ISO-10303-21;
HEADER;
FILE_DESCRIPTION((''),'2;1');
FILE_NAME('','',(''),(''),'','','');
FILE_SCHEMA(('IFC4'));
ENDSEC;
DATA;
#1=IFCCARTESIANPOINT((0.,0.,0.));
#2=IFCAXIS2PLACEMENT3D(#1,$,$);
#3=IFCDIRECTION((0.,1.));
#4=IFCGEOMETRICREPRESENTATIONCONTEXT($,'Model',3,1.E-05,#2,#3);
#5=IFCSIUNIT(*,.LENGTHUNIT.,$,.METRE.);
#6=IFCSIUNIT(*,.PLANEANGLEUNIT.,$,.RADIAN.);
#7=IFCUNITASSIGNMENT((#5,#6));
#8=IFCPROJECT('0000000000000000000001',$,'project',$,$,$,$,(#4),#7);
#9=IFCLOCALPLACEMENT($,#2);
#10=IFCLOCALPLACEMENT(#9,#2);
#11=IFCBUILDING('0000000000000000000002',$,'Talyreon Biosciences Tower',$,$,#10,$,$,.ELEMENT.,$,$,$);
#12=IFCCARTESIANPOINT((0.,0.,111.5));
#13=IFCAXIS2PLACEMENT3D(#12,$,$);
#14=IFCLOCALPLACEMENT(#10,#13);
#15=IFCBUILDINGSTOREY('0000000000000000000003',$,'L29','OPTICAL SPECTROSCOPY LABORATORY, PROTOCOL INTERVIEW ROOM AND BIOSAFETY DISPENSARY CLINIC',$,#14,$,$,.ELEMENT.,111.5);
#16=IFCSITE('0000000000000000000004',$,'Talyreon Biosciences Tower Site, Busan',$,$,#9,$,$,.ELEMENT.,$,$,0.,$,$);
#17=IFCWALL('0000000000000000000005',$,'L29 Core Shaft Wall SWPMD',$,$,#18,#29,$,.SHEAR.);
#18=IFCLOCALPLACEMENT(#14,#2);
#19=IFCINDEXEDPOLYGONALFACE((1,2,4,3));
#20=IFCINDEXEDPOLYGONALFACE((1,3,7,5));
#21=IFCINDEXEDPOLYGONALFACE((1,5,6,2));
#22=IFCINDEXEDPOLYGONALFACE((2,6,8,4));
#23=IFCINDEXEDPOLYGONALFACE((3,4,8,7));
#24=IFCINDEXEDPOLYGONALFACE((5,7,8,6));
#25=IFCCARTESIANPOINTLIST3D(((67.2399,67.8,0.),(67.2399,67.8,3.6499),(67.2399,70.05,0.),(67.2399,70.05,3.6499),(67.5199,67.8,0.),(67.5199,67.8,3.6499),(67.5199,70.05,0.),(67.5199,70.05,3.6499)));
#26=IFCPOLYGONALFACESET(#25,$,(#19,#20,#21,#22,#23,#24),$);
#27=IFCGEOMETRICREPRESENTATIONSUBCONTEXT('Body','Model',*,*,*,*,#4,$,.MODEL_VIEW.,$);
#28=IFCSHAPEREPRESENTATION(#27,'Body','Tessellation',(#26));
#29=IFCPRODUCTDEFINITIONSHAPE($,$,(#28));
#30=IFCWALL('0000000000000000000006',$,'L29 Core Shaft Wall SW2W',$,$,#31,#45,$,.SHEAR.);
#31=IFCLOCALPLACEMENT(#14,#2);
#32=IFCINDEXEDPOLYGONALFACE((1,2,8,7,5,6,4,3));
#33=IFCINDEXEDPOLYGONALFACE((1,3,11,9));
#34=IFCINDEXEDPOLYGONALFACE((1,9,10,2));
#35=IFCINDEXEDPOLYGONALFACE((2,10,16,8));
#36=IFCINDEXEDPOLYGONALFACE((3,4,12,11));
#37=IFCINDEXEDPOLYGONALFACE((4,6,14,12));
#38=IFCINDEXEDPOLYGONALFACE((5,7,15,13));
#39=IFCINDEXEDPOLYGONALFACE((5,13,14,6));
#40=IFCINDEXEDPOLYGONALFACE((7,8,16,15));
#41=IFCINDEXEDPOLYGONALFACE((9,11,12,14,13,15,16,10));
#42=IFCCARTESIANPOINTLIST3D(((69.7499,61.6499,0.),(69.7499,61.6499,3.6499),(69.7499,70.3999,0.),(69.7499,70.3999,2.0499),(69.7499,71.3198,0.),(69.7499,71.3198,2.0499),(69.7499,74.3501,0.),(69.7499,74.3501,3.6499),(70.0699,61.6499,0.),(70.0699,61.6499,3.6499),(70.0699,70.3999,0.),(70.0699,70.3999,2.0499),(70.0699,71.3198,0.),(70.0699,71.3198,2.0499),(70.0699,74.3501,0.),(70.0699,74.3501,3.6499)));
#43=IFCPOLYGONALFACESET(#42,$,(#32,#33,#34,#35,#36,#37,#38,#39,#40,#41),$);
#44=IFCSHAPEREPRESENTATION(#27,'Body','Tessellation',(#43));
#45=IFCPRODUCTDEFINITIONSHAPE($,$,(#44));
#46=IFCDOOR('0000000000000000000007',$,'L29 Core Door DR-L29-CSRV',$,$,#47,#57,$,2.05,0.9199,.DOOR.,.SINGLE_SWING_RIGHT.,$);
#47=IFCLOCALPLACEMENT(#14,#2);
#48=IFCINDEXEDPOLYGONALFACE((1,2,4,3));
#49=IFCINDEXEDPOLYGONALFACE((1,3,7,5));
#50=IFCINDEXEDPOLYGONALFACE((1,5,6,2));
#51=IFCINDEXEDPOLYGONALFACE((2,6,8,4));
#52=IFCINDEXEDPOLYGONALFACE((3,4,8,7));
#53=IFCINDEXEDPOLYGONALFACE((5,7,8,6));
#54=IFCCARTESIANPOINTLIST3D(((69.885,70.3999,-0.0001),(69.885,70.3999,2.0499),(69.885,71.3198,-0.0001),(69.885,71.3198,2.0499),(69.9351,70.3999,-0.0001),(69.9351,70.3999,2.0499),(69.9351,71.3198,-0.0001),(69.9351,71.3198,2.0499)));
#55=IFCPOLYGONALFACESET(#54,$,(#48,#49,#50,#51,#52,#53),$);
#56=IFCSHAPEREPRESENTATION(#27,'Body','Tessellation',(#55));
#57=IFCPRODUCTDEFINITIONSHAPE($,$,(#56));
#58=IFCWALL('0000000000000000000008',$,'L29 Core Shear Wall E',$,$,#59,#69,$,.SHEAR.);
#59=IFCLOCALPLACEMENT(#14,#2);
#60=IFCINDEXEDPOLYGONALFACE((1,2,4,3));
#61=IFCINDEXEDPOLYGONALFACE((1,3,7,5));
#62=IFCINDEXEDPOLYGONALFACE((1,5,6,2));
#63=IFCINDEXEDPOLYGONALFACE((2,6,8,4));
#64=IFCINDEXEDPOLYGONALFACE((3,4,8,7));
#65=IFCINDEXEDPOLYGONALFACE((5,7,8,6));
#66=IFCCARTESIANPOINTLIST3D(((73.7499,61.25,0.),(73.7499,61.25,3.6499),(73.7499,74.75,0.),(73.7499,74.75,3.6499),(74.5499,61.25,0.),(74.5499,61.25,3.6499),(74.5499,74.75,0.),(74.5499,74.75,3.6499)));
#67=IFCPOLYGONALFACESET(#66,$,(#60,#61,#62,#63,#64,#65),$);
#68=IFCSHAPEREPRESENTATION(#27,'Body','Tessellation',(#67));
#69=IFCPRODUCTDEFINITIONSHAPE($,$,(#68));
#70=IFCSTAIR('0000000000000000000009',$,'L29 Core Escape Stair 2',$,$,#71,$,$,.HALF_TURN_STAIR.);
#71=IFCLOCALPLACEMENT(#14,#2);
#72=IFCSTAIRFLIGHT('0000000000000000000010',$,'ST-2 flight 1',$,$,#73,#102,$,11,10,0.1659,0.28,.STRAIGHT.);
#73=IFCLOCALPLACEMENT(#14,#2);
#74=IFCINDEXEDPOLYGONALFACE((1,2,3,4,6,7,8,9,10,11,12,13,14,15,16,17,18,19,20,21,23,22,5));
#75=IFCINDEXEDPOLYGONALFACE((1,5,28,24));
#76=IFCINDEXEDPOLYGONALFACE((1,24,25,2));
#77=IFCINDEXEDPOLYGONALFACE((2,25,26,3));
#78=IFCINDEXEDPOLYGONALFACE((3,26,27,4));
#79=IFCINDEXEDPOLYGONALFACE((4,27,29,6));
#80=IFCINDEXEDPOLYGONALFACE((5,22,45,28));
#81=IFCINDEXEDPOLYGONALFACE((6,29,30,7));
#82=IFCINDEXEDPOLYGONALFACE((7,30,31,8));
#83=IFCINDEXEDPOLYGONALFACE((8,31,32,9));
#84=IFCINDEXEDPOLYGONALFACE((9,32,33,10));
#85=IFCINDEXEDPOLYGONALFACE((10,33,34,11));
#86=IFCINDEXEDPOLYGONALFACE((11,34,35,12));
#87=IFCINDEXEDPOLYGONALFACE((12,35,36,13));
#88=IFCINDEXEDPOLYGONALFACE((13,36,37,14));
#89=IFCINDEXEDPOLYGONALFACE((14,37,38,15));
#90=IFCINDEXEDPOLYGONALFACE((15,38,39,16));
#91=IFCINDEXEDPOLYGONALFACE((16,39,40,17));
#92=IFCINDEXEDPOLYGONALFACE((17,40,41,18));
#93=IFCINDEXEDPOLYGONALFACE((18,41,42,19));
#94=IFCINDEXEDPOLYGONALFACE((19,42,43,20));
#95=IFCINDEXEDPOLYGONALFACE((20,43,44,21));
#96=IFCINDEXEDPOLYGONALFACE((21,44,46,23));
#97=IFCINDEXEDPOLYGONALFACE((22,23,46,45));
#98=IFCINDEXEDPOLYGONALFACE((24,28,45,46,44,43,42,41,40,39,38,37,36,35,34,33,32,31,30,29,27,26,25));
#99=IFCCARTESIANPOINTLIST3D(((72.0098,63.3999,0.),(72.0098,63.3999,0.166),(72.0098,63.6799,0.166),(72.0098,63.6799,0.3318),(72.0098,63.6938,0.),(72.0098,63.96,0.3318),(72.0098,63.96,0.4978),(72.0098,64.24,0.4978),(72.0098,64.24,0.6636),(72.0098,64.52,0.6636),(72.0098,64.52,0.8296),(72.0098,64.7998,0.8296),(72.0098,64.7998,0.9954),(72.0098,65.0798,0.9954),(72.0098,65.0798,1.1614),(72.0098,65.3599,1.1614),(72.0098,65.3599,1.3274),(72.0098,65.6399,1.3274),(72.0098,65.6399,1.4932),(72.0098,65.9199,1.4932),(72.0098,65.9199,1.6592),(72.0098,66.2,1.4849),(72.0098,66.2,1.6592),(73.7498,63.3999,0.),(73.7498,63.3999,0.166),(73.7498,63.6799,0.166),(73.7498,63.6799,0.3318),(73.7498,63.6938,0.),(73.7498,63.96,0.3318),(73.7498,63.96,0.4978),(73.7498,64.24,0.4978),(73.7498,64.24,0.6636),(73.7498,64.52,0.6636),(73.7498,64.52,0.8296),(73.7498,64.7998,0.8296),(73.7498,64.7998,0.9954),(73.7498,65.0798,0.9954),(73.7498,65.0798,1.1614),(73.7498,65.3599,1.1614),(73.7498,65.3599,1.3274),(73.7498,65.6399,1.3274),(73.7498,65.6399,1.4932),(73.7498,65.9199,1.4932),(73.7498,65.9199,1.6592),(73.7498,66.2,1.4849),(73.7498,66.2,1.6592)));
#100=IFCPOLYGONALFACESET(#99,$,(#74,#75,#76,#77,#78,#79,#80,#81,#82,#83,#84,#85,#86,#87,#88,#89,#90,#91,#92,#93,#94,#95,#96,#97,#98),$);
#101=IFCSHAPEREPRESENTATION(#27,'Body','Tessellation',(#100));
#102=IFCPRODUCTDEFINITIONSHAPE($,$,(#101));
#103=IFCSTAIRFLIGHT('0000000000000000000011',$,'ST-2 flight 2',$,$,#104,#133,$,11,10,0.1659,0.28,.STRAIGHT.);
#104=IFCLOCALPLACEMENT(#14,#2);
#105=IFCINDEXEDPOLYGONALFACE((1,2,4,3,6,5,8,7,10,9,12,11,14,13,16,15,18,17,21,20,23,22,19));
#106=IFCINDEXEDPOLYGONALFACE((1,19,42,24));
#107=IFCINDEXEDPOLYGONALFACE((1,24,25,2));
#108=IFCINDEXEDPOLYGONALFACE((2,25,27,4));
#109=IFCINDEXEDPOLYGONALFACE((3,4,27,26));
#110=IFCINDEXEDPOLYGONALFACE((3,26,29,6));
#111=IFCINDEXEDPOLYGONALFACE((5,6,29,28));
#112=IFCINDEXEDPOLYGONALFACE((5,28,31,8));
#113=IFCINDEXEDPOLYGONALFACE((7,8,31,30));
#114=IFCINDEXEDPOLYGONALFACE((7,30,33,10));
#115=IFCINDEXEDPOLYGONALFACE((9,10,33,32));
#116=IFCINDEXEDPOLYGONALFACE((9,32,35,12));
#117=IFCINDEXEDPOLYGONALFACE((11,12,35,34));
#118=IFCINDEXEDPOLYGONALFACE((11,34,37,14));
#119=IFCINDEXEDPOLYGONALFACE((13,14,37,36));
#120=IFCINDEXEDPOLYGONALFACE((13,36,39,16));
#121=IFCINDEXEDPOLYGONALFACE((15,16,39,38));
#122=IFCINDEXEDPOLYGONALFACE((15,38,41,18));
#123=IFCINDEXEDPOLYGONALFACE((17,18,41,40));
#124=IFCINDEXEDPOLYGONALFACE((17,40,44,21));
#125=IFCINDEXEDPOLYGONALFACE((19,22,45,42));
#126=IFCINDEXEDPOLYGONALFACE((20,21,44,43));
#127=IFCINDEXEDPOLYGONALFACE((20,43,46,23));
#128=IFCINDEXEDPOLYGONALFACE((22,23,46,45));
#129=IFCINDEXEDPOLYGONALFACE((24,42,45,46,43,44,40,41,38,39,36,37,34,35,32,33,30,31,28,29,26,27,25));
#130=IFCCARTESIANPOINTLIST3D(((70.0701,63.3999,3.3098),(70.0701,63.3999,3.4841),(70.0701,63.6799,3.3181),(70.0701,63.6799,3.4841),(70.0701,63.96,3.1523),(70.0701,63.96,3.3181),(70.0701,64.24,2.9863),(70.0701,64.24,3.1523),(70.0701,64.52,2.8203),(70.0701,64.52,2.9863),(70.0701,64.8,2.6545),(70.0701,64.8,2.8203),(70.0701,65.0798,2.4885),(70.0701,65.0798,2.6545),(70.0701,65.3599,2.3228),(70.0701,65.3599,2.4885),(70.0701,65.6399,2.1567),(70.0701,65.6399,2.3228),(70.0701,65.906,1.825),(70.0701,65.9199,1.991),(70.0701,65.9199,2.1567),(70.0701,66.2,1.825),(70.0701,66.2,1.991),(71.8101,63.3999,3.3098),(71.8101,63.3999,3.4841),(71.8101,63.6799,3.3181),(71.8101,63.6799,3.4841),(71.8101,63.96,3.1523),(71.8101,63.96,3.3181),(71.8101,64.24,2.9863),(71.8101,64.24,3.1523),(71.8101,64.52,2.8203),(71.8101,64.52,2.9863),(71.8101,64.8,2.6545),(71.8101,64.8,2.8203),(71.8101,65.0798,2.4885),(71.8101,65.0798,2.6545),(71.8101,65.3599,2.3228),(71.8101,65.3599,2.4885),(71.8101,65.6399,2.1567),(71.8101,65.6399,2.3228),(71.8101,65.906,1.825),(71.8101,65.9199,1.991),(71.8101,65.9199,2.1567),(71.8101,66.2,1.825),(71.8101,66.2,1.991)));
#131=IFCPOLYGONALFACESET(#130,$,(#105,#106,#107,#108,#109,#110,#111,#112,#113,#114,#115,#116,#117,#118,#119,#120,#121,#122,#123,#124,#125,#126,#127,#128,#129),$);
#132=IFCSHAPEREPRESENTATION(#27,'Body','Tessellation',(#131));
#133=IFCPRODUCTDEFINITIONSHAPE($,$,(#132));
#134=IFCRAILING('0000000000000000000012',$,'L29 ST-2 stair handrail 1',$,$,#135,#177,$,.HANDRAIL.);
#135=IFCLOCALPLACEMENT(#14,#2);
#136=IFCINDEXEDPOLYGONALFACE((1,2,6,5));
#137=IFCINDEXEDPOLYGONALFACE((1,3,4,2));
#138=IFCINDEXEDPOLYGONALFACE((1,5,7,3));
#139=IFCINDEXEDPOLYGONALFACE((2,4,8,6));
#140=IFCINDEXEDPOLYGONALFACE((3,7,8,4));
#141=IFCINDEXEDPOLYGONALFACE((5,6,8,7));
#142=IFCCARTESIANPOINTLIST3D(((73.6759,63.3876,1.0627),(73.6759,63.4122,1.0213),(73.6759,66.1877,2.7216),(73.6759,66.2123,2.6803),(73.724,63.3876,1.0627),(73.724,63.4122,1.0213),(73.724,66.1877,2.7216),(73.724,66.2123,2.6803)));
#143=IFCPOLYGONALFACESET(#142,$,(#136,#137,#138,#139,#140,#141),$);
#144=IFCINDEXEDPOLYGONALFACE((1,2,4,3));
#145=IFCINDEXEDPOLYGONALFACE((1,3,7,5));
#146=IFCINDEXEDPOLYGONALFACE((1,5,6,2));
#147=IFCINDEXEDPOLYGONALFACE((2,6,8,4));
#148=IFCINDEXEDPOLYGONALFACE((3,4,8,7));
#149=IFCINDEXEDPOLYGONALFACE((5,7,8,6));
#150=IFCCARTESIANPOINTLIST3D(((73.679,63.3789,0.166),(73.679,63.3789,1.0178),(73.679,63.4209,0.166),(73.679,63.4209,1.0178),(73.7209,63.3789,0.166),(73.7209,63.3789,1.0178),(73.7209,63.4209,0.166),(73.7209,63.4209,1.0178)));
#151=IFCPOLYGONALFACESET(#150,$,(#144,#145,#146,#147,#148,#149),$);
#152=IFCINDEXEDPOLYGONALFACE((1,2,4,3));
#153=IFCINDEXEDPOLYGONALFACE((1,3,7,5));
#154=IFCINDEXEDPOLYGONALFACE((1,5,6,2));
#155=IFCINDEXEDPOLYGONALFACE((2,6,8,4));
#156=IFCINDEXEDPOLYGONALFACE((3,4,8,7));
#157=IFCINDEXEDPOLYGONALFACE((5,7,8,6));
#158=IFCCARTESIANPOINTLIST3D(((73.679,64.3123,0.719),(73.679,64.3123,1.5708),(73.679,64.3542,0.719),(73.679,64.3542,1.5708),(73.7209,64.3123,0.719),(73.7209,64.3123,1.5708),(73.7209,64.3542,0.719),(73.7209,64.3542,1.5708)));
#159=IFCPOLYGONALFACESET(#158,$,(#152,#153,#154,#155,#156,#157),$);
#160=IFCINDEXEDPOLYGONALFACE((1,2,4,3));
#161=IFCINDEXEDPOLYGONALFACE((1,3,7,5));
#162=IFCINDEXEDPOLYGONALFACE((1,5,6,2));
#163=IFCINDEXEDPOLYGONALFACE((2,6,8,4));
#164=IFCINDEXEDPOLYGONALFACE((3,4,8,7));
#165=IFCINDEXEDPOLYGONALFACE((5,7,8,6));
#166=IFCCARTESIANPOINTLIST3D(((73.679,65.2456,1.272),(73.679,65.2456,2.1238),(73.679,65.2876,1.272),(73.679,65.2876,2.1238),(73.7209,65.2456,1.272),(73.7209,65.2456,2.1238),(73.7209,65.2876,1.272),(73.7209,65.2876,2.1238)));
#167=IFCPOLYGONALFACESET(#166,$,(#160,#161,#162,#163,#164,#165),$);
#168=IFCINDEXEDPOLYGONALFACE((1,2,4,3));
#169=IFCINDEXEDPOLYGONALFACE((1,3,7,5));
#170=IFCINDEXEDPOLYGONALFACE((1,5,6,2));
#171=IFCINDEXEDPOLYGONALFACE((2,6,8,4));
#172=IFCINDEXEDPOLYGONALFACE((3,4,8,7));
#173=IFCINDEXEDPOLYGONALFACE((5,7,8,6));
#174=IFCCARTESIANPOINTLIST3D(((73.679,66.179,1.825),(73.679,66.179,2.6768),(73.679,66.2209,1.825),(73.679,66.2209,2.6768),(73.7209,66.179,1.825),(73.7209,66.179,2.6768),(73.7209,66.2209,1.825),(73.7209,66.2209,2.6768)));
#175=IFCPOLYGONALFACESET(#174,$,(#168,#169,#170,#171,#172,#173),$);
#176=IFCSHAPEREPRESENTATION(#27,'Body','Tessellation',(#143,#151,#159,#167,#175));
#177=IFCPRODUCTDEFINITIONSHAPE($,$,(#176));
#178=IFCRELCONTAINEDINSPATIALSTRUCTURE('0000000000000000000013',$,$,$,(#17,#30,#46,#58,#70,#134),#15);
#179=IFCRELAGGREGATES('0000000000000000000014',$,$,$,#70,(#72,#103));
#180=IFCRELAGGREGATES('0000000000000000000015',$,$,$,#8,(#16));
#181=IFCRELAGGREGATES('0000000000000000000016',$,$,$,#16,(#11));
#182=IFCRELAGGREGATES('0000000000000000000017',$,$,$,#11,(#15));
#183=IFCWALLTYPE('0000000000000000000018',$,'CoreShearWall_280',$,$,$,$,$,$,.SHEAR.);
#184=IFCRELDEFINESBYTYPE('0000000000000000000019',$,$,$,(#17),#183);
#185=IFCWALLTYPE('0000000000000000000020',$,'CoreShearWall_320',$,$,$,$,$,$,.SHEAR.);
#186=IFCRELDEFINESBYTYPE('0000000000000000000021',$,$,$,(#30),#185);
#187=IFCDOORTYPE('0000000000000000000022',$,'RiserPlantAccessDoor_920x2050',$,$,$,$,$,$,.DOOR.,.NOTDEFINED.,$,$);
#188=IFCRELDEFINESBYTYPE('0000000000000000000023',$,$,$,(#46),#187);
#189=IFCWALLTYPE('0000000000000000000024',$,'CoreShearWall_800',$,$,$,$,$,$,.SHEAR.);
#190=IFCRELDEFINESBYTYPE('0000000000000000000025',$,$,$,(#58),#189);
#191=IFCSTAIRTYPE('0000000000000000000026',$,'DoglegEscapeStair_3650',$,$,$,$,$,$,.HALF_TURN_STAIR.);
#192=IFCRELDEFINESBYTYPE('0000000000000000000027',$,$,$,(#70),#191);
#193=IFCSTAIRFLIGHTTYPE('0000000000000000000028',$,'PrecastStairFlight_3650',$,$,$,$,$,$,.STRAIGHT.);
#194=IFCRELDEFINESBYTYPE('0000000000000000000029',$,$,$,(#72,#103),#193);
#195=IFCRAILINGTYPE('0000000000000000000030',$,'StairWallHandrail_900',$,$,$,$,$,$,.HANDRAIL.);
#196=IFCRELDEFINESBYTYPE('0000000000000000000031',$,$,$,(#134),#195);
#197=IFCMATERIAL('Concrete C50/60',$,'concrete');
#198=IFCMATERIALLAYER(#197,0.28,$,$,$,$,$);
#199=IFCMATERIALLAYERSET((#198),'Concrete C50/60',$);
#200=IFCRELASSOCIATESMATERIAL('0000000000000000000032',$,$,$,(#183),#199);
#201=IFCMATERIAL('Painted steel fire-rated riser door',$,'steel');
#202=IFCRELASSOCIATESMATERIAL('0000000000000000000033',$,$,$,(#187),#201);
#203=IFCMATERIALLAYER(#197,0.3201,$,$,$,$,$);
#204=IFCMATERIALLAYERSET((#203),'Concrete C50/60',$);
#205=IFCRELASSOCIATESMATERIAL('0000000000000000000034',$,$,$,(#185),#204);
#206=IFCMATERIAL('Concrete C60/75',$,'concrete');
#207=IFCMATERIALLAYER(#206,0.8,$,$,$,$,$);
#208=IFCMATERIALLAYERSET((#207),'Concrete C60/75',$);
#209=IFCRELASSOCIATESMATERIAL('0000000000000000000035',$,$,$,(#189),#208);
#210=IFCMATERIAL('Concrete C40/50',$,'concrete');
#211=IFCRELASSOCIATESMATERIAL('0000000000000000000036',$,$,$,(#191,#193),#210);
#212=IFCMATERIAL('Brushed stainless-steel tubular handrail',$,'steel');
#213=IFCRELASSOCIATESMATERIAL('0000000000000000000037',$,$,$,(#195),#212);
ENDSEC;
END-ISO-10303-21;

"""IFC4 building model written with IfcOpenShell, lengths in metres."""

from ifc_helpers import new_model, si_unit, direction, frame, frame_2d, origin, origin_2d, place, context, subcontext, project, spatial, polyline, rectangle, outline, extrude, material, layer, layer_set, type_object, element, fill, aggregate, save


model = new_model("IFC4")

# Units and contexts
model_context = context("Model", 3, precision=1e-05, world=origin(), true_north=direction((0.0, 1.0)))
body_context = subcontext(model_context, "Body", "Model", "MODEL_VIEW")
ifc_project = project(units=[si_unit("LENGTHUNIT", "METRE"), si_unit("PLANEANGLEUNIT", "RADIAN")], contexts=[model_context])

# Site, building, storey
site_placement = place(None, origin())
site = spatial("IfcSite", under=ifc_project, at=site_placement, Name="Talyreon Biosciences Tower Site, Busan", CompositionType="ELEMENT", RefElevation=0.0)
building_placement = place(site_placement, origin())
building = spatial("IfcBuilding", under=site, at=building_placement, Name="Talyreon Biosciences Tower", CompositionType="ELEMENT")
storey_placement = place(building_placement, frame((0.0, 0.0, 111.5)))
storey = spatial("IfcBuildingStorey", under=building, at=storey_placement, Name="L29", Description="OPTICAL SPECTROSCOPY LABORATORY, PROTOCOL INTERVIEW ROOM AND BIOSAFETY DISPENSARY CLINIC", CompositionType="ELEMENT", Elevation=111.5)

# Shared definitions
ifc_material_1 = material(Name="Concrete C60/75", Category="concrete")
ifc_material_2 = material(Name="Concrete C50/60", Category="concrete")

# Shared definitions
ifc_layer_1 = layer(ifc_material_2, 0.28)
ifc_layer_set_1 = layer_set([ifc_layer_1], Name="Concrete C50/60")
wall_type_1 = type_object("IfcWallType", Name="CoreShearWall_280", PredefinedType="SHEAR", material=ifc_layer_set_1)

# Shared definitions
ifc_material_3 = material(Name="Painted steel fire-rated riser door", Category="steel")
door_type = type_object("IfcDoorType", Name="RiserPlantAccessDoor_920x2050", OperationType="NOTDEFINED", PredefinedType="DOOR", material=ifc_material_3)

# Wall
wall_1_placement = place(storey_placement, frame((67.3799, 67.8, 0.0), z_axis=(0.0, 0.0, 1.0), x_axis=(0.0, 1.0, 0.0)))
element("IfcWall", 1, at=wall_1_placement, inside=storey, type_object=wall_type_1, Name="L29 Core Shaft Wall SWPMD", PredefinedType="SHEAR", context=body_context, shape_type="SweptSolid", body=[
    extrude(rectangle(XDim=2.25, YDim=0.28, at=frame_2d((1.125, 0.0))), origin(), (0.0, 0.0, 1.0), 3.6499),
])

# Wall, opening, door
ifc_layer_2 = layer(ifc_material_2, 0.3201)
ifc_layer_set_2 = layer_set([ifc_layer_2], Name="Concrete C50/60")
wall_type_2 = type_object("IfcWallType", Name="CoreShearWall_320", PredefinedType="SHEAR", material=ifc_layer_set_2)
wall_2_placement = place(storey_placement, frame((69.9099, 61.6499, 0.0), z_axis=(0.0, 0.0, 1.0), x_axis=(0.0, 1.0, 0.0)))
wall_2 = element("IfcWall", 2, at=wall_2_placement, inside=storey, type_object=wall_type_2, Name="L29 Core Shaft Wall SW2W", PredefinedType="SHEAR", context=body_context, shape_type="SweptSolid", body=[
    extrude(rectangle(XDim=12.7002, YDim=0.3201, at=frame_2d((6.3501, 0.0))), origin(), (0.0, 0.0, 1.0), 3.6499),
])
opening_1_placement = place(wall_2_placement, frame((8.75, 0.0, 0.0)))
opening_1 = element("IfcOpeningElement", 3, at=opening_1_placement, cuts=wall_2, PredefinedType="OPENING", context=body_context, shape_type="SweptSolid", body=[
    extrude(rectangle(XDim=0.9199, YDim=2.05, at=frame_2d((0.46, 1.0249))), frame((0.0, 0.1699, 0.0), z_axis=(0.0, -1.0, 0.0), x_axis=(1.0, 0.0, 0.0)), (0.0, 0.0, 1.0), 0.3401),
])
door_1_placement = place(opening_1_placement, origin())
door_1 = element("IfcDoor", 4, at=door_1_placement, inside=storey, type_object=door_type, Name="L29 Core Door DR-L29-CSRV", OperationType="SINGLE_SWING_RIGHT", OverallHeight=2.05, OverallWidth=0.9199, PredefinedType="DOOR", context=body_context, shape_type="SweptSolid", body=[
    extrude(rectangle(XDim=0.9199, YDim=2.05, at=frame_2d((0.46, 1.0249))), frame((0.0, 0.0249, 0.0), z_axis=(0.0, -1.0, 0.0), x_axis=(1.0, 0.0, 0.0)), (0.0, 0.0, 1.0), 0.05),
])
fill(opening_1, door_1)

# Wall
ifc_layer_3 = layer(ifc_material_1, 0.8)
ifc_layer_set_3 = layer_set([ifc_layer_3], Name="Concrete C60/75")
wall_type_3 = type_object("IfcWallType", Name="CoreShearWall_800", PredefinedType="SHEAR", material=ifc_layer_set_3)
wall_3_placement = place(storey_placement, frame((74.1499, 61.25, 0.0), z_axis=(0.0, 0.0, 1.0), x_axis=(0.0, 1.0, 0.0)))
element("IfcWall", 5, at=wall_3_placement, inside=storey, type_object=wall_type_3, Name="L29 Core Shear Wall E", PredefinedType="SHEAR", context=body_context, shape_type="SweptSolid", body=[
    extrude(rectangle(XDim=13.5, YDim=0.8, at=frame_2d((6.75, 0.0))), origin(), (0.0, 0.0, 1.0), 3.6499),
])

# Stair, stair flights
ifc_material_4 = material(Name="Concrete C40/50", Category="concrete")
stair_type = type_object("IfcStairType", Name="DoglegEscapeStair_3650", PredefinedType="HALF_TURN_STAIR", material=ifc_material_4)
stair_placement = place(storey_placement, origin())
stair = element("IfcStair", 6, at=stair_placement, inside=storey, type_object=stair_type, Name="L29 Core Escape Stair 2", PredefinedType="HALF_TURN_STAIR")
stair_flight_type = type_object("IfcStairFlightType", Name="PrecastStairFlight_3650", PredefinedType="STRAIGHT", material=ifc_material_4)
stair_flight_1_placement = place(storey_placement, frame((72.8799, 63.3999, 0.0), z_axis=(0.0, 0.0, 1.0), x_axis=(0.0, 1.0, 0.0)))
stair_flight_1 = element("IfcStairFlight", 7, at=stair_flight_1_placement, type_object=stair_flight_type, Name="ST-2 flight 1", NumberOfRisers=11, NumberOfTreads=10, PredefinedType="STRAIGHT", RiserHeight=0.1659, TreadLength=0.28, context=body_context, shape_type="SweptSolid", body=[
    extrude(outline(polyline([(0.0, 0.0), (0.0, 0.166), (0.28, 0.166), (0.28, 0.3318), (0.5601, 0.3318), (0.5601, 0.4978), (0.8401, 0.4978), (0.8401, 0.6636), (1.1201, 0.6636), (1.1201, 0.8296), (1.3999, 0.8296), (1.3999, 0.9954), (1.6799, 0.9954), (1.6799, 1.1614), (1.96, 1.1614), (1.96, 1.3274), (2.24, 1.3274), (2.24, 1.4932), (2.52, 1.4932), (2.52, 1.6592), (2.8, 1.6592), (2.8, 1.825), (2.8, 1.4849), (0.2939, 0.0), (0.0, 0.0)])), frame((0.0, 0.8701, 0.0), z_axis=(0.0, -1.0, 0.0), x_axis=(1.0, 0.0, 0.0)), (0.0, 0.0, 1.0), 1.74),
])
stair_flight_2_placement = place(storey_placement, frame((70.9399, 66.2, 1.825), z_axis=(0.0, 0.0, 1.0), x_axis=(0.0, -1.0, 0.0)))
stair_flight_2 = element("IfcStairFlight", 8, at=stair_flight_2_placement, type_object=stair_flight_type, Name="ST-2 flight 2", NumberOfRisers=11, NumberOfTreads=10, PredefinedType="STRAIGHT", RiserHeight=0.1659, TreadLength=0.28, context=body_context, shape_type="SweptSolid", body=[
    extrude(outline(polyline([(0.0, 0.0), (0.0, 0.166), (0.28, 0.166), (0.28, 0.3318), (0.5601, 0.3318), (0.5601, 0.4978), (0.8401, 0.4978), (0.8401, 0.6636), (1.1201, 0.6636), (1.1201, 0.8296), (1.3999, 0.8296), (1.3999, 0.9954), (1.6799, 0.9954), (1.6799, 1.1614), (1.96, 1.1614), (1.96, 1.3274), (2.24, 1.3274), (2.24, 1.4932), (2.52, 1.4932), (2.52, 1.6592), (2.8, 1.6592), (2.8, 1.825), (2.8, 1.4849), (0.2939, 0.0), (0.0, 0.0)])), frame((0.0, 0.8701, 0.0), z_axis=(0.0, -1.0, 0.0), x_axis=(1.0, 0.0, 0.0)), (0.0, 0.0, 1.0), 1.74),
])
aggregate(stair, [stair_flight_1, stair_flight_2])

# Railing
ifc_material_5 = material(Name="Brushed stainless-steel tubular handrail", Category="steel")
railing_type_1 = type_object("IfcRailingType", Name="StairWallHandrail_900", PredefinedType="HANDRAIL", material=ifc_material_5)
railing_1_placement = place(storey_placement, frame((73.7, 63.3999, 0.166)))
element("IfcRailing", 9, at=railing_1_placement, inside=storey, type_object=railing_type_1, Name="L29 ST-2 stair handrail 1", PredefinedType="HANDRAIL", context=body_context, shape_type="SweptSolid", body=[
    extrude(rectangle(XDim=0.0481, YDim=0.0481, at=origin_2d()), frame((0.0, 0.0, 0.876), z_axis=(0.0, 0.860339, 0.509722), x_axis=(-1.0, 0.0, 0.0)), (0.0, 0.0, 1.0), 3.2546),
    extrude(rectangle(XDim=0.042, YDim=0.042, at=origin_2d()), origin(), (0.0, 0.0, 1.0), 0.8518),
    extrude(rectangle(XDim=0.042, YDim=0.042, at=origin_2d()), frame((0.0, 0.9333, 0.553)), (0.0, 0.0, 1.0), 0.8518),
    extrude(rectangle(XDim=0.042, YDim=0.042, at=origin_2d()), frame((0.0, 1.8667, 1.106)), (0.0, 0.0, 1.0), 0.8518),
    extrude(rectangle(XDim=0.042, YDim=0.042, at=origin_2d()), frame((0.0, 2.8, 1.6589)), (0.0, 0.0, 1.0), 0.8518),
])

save(model, "model.ifc")
